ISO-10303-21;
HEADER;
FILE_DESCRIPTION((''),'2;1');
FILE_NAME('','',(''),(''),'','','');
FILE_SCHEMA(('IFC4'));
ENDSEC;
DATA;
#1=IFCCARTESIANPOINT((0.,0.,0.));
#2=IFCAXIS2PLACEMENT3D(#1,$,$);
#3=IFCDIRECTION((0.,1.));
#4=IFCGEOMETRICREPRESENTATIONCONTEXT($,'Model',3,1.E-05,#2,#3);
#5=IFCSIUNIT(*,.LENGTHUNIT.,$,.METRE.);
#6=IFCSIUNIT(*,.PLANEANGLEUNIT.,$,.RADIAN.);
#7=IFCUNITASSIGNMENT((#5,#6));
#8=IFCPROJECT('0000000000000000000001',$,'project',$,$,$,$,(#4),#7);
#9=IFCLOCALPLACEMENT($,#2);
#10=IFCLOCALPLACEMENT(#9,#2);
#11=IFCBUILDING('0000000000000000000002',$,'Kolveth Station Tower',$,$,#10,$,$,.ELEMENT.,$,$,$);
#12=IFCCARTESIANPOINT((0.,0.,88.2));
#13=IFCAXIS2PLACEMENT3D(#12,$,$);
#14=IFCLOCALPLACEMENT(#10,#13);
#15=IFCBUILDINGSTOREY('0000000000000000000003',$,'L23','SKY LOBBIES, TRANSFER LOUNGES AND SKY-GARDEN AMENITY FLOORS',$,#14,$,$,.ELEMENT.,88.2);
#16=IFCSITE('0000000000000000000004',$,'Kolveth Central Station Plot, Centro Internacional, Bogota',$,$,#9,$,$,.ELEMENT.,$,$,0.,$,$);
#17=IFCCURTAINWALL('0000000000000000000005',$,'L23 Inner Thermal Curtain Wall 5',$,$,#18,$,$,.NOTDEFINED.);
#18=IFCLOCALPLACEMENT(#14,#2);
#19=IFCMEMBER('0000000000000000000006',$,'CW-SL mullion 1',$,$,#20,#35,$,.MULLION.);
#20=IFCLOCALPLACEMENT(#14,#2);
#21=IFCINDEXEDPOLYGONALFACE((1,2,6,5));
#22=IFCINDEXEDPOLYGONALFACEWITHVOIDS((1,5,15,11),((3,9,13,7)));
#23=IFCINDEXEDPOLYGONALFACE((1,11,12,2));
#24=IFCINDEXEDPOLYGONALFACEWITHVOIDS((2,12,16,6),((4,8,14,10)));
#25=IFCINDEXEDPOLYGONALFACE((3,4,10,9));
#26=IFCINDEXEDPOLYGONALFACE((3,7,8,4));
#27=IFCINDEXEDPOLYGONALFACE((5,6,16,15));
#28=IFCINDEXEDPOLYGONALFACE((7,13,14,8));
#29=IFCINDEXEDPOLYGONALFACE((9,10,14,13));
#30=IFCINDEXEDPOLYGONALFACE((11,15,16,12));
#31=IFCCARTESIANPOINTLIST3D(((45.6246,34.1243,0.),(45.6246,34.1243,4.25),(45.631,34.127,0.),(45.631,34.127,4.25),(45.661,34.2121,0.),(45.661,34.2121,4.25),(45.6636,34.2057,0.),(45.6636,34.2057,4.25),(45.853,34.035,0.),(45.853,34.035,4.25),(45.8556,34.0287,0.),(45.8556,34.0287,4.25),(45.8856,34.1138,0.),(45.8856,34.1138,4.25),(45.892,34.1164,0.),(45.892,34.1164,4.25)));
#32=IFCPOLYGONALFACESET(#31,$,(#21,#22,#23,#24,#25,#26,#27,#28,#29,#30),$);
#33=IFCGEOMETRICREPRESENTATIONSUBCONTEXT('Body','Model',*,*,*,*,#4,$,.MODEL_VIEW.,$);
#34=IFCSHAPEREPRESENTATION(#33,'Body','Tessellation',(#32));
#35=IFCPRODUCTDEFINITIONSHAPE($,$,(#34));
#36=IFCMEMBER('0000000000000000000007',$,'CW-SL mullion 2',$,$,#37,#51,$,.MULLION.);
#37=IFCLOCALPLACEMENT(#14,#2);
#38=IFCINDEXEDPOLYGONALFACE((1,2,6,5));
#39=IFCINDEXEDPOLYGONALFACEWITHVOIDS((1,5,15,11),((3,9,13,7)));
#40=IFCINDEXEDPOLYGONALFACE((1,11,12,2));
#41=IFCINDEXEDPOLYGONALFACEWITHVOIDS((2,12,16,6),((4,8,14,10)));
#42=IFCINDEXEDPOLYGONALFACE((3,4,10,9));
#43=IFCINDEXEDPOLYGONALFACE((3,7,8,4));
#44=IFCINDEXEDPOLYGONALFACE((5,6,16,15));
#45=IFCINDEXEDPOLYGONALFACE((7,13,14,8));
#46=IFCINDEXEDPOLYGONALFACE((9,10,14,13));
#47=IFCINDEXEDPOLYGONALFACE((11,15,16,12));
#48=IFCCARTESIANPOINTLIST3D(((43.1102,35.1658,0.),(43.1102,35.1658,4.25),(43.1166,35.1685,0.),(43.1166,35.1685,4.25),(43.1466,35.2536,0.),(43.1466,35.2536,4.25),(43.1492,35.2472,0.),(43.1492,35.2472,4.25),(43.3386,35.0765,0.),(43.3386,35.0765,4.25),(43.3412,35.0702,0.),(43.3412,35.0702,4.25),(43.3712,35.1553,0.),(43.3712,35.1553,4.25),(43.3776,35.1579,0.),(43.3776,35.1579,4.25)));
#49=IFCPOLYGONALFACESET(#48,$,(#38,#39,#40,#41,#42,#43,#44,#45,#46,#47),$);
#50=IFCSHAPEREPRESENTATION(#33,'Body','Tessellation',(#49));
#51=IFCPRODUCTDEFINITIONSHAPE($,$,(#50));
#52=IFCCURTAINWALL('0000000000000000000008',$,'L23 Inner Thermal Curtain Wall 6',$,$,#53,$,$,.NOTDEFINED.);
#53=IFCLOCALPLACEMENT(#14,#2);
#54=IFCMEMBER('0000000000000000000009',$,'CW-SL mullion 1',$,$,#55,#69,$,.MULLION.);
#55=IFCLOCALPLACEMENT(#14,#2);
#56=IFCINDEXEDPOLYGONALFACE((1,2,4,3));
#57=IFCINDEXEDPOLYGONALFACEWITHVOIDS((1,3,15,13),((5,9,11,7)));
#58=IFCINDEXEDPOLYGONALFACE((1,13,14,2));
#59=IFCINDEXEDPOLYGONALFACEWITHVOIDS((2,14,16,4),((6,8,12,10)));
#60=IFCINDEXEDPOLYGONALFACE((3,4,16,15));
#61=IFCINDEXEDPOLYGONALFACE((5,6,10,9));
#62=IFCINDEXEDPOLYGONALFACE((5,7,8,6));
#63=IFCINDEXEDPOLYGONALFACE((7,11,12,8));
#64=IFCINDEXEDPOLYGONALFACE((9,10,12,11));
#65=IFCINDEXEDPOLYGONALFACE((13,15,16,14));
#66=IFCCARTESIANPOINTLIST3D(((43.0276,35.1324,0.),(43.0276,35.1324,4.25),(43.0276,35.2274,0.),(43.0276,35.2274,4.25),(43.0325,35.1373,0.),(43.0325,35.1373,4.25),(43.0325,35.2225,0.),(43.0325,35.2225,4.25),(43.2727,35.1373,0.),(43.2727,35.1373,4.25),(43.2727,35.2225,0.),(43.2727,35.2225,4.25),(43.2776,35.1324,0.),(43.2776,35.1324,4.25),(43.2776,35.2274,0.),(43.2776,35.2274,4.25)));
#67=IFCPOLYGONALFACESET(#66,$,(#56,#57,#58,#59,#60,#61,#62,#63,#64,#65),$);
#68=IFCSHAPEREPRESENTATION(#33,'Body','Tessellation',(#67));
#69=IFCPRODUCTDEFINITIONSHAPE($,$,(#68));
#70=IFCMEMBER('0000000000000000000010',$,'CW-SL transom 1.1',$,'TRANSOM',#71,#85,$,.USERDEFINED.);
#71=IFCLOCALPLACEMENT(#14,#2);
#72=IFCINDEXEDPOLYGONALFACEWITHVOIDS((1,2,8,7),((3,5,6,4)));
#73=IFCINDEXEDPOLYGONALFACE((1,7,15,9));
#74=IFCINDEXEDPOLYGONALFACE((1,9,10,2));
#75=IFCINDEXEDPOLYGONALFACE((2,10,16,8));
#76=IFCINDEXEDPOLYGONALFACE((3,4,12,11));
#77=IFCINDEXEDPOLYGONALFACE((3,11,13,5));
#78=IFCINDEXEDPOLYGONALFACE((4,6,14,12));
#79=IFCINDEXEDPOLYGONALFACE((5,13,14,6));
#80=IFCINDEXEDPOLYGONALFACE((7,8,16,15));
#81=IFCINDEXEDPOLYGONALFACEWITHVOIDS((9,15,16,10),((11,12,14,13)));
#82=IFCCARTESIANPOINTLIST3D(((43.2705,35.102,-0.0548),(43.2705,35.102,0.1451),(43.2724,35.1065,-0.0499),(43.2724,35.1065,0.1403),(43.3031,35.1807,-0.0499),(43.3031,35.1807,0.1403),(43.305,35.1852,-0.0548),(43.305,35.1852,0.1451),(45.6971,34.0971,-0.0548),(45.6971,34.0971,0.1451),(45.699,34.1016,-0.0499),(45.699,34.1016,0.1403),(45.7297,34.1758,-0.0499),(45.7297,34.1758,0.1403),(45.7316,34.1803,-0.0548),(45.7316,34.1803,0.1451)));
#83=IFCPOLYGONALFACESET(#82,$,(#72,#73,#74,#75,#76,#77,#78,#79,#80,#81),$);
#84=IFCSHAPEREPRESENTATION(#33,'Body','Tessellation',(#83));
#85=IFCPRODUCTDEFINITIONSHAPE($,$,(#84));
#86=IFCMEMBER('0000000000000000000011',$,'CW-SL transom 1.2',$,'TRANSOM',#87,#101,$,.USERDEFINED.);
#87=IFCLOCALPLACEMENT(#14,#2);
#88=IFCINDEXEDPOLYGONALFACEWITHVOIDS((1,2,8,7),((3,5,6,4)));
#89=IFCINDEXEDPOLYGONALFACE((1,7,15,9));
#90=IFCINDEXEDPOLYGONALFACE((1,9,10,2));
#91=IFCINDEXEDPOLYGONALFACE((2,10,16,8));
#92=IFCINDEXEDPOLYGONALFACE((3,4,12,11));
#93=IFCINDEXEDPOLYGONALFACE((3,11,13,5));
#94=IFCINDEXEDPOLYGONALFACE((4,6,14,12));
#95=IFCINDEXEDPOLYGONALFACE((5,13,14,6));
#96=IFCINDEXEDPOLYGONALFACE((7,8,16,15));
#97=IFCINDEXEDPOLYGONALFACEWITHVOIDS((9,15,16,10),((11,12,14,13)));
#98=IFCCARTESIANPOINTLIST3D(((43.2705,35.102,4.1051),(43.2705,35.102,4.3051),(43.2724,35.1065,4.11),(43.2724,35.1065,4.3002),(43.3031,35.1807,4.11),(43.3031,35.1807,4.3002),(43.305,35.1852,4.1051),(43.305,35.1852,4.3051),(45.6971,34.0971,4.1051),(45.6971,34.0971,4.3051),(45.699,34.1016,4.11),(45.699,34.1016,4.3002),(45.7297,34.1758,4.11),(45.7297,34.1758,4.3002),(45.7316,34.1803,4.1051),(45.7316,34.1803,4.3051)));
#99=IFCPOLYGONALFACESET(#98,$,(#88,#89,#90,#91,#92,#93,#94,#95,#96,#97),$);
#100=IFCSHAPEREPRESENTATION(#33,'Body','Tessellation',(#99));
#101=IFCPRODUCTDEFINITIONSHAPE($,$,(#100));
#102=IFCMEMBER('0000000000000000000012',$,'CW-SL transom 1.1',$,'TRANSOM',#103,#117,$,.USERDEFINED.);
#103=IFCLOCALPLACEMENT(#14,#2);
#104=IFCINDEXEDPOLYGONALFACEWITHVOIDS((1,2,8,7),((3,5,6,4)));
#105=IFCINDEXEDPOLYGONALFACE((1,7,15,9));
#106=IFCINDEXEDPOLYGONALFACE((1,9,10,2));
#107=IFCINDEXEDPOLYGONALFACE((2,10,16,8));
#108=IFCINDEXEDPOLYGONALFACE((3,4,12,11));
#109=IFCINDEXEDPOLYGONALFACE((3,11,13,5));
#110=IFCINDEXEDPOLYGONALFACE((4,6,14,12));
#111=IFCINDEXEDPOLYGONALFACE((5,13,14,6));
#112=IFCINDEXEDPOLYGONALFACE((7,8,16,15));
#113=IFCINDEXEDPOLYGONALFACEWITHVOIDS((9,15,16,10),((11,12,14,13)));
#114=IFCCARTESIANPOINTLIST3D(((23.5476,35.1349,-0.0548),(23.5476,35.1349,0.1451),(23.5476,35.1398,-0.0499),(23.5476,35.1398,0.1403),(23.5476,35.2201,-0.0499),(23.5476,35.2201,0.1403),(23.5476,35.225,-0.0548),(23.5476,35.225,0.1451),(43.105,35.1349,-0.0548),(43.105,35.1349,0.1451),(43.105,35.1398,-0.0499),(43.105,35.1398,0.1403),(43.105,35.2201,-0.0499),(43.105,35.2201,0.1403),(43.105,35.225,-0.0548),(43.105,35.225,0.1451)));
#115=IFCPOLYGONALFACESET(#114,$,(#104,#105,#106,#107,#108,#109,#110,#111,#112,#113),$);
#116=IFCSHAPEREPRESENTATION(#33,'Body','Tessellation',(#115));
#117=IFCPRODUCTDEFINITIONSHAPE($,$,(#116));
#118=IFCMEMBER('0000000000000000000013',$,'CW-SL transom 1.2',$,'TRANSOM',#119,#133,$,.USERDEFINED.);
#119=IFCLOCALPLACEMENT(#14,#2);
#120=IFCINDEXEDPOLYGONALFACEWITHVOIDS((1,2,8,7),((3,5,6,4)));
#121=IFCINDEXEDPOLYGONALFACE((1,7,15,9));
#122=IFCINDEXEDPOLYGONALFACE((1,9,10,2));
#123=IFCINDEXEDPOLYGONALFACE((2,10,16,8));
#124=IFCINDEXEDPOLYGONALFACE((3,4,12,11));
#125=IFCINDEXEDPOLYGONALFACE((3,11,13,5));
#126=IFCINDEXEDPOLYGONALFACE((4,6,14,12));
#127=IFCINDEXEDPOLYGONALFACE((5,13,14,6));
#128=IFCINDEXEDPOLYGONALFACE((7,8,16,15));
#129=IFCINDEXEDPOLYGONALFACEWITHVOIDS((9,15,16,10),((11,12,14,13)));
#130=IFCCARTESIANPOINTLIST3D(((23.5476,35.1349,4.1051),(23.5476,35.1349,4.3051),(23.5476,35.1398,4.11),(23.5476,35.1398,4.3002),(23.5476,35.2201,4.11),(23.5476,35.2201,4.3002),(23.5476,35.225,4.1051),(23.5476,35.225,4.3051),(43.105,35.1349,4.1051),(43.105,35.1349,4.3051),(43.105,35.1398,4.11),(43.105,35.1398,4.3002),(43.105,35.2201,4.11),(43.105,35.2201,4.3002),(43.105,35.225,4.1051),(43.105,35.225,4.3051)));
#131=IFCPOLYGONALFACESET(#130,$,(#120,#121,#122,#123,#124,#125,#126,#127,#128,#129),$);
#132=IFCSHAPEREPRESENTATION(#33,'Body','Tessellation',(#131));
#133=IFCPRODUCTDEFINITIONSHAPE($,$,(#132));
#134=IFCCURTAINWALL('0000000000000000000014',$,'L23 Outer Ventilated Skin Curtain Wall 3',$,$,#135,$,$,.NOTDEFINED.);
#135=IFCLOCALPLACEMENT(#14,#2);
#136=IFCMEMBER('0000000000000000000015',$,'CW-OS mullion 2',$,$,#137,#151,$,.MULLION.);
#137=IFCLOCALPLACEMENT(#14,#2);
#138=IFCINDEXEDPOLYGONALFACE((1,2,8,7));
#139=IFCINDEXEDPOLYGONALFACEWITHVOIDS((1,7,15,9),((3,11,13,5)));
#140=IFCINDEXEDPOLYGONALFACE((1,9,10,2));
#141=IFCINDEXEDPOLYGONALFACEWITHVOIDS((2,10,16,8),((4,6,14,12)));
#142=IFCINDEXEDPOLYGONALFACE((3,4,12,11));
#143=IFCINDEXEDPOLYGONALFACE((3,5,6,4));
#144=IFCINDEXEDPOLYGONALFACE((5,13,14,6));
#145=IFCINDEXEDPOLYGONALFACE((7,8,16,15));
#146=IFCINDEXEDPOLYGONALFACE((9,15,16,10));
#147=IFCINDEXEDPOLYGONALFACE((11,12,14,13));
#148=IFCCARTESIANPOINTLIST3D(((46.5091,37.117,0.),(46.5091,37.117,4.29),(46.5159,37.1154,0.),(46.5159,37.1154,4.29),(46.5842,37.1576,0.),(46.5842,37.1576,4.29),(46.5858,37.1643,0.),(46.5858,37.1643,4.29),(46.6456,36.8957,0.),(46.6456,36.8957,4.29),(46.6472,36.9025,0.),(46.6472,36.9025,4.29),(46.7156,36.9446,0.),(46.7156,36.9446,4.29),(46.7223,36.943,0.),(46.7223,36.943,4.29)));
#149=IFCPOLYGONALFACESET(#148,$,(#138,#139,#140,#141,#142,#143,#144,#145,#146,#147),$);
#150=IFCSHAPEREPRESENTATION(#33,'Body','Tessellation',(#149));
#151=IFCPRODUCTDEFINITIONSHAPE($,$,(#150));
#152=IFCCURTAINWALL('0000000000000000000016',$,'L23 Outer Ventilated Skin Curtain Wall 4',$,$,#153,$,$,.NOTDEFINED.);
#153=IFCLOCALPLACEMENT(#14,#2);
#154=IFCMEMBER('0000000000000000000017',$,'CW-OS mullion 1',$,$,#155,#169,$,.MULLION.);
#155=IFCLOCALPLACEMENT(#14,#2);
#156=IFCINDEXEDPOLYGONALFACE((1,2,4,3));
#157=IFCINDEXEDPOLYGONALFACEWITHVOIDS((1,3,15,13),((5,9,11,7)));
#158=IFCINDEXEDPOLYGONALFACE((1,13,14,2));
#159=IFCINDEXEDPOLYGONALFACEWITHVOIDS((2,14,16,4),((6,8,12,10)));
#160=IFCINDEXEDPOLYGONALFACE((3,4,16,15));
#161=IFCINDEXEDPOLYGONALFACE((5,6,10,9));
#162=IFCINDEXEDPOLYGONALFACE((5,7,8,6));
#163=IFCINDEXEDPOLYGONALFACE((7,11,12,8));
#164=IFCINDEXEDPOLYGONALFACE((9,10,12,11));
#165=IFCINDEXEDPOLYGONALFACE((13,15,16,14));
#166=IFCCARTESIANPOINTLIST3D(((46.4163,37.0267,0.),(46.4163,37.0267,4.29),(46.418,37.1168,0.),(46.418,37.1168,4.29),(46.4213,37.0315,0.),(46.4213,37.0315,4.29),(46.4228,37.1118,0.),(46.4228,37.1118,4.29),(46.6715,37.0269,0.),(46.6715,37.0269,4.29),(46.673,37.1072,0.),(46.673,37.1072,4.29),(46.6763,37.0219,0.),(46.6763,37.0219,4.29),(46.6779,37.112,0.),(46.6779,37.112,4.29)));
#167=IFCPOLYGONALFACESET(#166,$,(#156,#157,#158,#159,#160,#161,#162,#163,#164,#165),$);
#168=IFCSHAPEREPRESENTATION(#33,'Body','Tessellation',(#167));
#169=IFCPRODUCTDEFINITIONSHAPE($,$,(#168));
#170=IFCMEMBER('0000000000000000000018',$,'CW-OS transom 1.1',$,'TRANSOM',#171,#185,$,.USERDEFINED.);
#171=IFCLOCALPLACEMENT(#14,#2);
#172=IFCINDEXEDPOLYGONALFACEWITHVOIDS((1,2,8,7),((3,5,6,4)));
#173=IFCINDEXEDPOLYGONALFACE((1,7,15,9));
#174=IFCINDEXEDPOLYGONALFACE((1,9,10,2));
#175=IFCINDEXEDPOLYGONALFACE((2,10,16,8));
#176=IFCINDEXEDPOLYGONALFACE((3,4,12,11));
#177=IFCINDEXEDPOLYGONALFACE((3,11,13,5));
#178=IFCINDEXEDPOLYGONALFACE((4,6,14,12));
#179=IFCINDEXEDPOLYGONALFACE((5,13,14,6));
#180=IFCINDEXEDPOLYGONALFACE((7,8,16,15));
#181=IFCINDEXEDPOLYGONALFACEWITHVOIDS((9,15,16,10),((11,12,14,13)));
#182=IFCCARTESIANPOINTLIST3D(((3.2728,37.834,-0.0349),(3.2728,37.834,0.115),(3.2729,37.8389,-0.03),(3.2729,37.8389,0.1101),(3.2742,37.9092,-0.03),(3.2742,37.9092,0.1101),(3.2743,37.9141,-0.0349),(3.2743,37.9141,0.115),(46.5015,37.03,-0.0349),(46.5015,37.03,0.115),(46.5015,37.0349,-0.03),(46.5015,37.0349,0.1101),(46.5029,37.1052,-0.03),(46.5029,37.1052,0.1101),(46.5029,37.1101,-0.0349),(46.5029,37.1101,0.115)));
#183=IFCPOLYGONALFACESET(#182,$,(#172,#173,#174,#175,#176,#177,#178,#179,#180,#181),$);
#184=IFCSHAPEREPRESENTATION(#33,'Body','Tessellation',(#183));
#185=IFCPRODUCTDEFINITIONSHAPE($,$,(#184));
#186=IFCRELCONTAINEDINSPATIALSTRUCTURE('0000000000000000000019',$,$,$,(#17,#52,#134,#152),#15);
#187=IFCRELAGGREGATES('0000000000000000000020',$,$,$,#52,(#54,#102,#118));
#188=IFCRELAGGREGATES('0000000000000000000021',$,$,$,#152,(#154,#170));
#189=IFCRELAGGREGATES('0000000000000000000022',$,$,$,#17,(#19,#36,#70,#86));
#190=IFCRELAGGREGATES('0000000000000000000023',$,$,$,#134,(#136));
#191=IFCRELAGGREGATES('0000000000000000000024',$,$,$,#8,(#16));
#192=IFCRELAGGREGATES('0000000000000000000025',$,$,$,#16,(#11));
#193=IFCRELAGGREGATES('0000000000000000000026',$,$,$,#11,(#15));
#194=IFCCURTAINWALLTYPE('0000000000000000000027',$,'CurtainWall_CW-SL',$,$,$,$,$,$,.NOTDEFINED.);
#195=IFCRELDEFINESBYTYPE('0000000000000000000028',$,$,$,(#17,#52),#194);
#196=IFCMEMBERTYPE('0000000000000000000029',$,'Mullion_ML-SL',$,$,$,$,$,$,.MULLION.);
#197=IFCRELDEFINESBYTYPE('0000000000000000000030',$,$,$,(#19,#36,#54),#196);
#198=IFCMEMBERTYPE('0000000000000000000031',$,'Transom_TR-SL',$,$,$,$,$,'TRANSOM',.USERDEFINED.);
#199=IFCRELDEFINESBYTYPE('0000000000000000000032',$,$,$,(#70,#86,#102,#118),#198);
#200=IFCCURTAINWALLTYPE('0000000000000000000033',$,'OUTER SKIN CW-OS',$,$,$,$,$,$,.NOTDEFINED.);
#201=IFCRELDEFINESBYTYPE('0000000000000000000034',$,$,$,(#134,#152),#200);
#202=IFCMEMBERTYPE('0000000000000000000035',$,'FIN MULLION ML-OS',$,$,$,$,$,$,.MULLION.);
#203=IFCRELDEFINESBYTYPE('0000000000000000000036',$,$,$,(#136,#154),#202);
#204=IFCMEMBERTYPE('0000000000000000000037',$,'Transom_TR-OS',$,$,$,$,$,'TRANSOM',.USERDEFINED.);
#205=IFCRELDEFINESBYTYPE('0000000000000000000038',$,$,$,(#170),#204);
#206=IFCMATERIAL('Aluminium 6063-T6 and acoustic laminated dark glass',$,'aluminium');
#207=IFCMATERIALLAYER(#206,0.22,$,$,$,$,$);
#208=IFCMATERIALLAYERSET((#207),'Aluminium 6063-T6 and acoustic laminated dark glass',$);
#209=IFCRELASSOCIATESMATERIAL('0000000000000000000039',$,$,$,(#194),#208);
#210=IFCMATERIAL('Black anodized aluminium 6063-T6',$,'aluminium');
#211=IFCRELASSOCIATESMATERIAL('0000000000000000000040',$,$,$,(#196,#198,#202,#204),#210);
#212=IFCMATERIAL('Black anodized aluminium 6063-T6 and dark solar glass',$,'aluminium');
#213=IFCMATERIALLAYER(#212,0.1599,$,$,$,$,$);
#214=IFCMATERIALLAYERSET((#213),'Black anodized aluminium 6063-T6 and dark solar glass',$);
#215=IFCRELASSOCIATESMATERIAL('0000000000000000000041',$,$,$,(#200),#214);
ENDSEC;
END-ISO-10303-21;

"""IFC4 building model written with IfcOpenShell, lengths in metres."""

from ifc_helpers import new_model, si_unit, direction, frame, origin, origin_2d, place, context, subcontext, project, spatial, hollow_rectangle, extrude, source, transform, mapped, material, layer, layer_set, material_profile, profile_set, type_object, element, aggregate, save


model = new_model("IFC4")

# Units and contexts
model_context = context("Model", 3, precision=1e-05, world=origin(), true_north=direction((0.0, 1.0)))
body_context = subcontext(model_context, "Body", "Model", "MODEL_VIEW")
ifc_project = project(units=[si_unit("LENGTHUNIT", "METRE"), si_unit("PLANEANGLEUNIT", "RADIAN")], contexts=[model_context])

# Site, building, storey
site_placement = place(None, origin())
site = spatial("IfcSite", under=ifc_project, at=site_placement, Name="Kolveth Central Station Plot, Centro Internacional, Bogota", CompositionType="ELEMENT", RefElevation=0.0)
building_placement = place(site_placement, origin())
building = spatial("IfcBuilding", under=site, at=building_placement, Name="Kolveth Station Tower", CompositionType="ELEMENT")
storey_placement = place(building_placement, frame((0.0, 0.0, 88.2)))
storey = spatial("IfcBuildingStorey", under=building, at=storey_placement, Name="L23", Description="SKY LOBBIES, TRANSFER LOUNGES AND SKY-GARDEN AMENITY FLOORS", CompositionType="ELEMENT", Elevation=88.2)

# Shared definitions
ifc_material_1 = material(Name="Aluminium 6063-T6 and acoustic laminated dark glass", Category="aluminium")
ifc_layer_1 = layer(ifc_material_1, 0.22)
ifc_layer_set_1 = layer_set([ifc_layer_1], Name="Aluminium 6063-T6 and acoustic laminated dark glass")
curtain_wall_type_1 = type_object("IfcCurtainWallType", Name="CurtainWall_CW-SL", PredefinedType="NOTDEFINED", material=ifc_layer_set_1)
ifc_material_2 = material(Name="Black anodized aluminium 6063-T6", Category="aluminium")
ifc_material_profile_1 = material_profile(ifc_material_2, hollow_rectangle(XDim=0.095, YDim=0.25, WallThickness=0.0049, at=origin_2d()), Name="ALU-95x250x5")
ifc_profile_set_1 = profile_set([ifc_material_profile_1], Name="Black anodized aluminium 6063-T6")
member_type_1 = type_object("IfcMemberType", Name="Mullion_ML-SL", PredefinedType="MULLION", material=ifc_profile_set_1)
shared_shape_1 = source(origin(), body_context, "Body", "SweptSolid", [
    extrude(hollow_rectangle(XDim=0.095, YDim=0.25, WallThickness=0.0049, at=origin_2d()), origin(), (0.0, 0.0, 1.0), 4.25),
])

# Curtain wall, members
curtain_wall_1_placement = place(storey_placement, origin())
curtain_wall_1 = element("IfcCurtainWall", 1, at=curtain_wall_1_placement, inside=storey, type_object=curtain_wall_type_1, Name="L23 Inner Thermal Curtain Wall 5", PredefinedType="NOTDEFINED")
member_1_placement = place(storey_placement, frame((45.7583, 34.1204, 0.0), z_axis=(0.0, 0.0, 1.0), x_axis=(-0.382663, -0.923888, 0.0)))
member_1 = element("IfcMember", 2, at=member_1_placement, type_object=member_type_1, Name="CW-SL mullion 1", PredefinedType="MULLION", context=body_context, shape_type="MappedRepresentation", body=[
    mapped(shared_shape_1, transform((0.0, 0.0, 0.0), x_axis=(1.0, 0.0, 0.0), y_axis=(0.0, 1.0, 0.0), z_axis=(0.0, 0.0, 1.0), scale=1.0)),
])
member_2_placement = place(storey_placement, frame((43.2439, 35.1619, 0.0), z_axis=(0.0, 0.0, 1.0), x_axis=(-0.382663, -0.923888, 0.0)))
member_2 = element("IfcMember", 3, at=member_2_placement, type_object=member_type_1, Name="CW-SL mullion 2", PredefinedType="MULLION", context=body_context, shape_type="MappedRepresentation", body=[
    mapped(shared_shape_1, transform((0.0, 0.0, 0.0), x_axis=(1.0, 0.0, 0.0), y_axis=(0.0, 1.0, 0.0), z_axis=(0.0, 0.0, 1.0), scale=1.0)),
])

# Curtain wall, member
curtain_wall_2_placement = place(storey_placement, origin())
curtain_wall_2 = element("IfcCurtainWall", 4, at=curtain_wall_2_placement, inside=storey, type_object=curtain_wall_type_1, Name="L23 Inner Thermal Curtain Wall 6", PredefinedType="NOTDEFINED")
member_3_placement = place(storey_placement, frame((43.1526, 35.1799, 0.0), z_axis=(0.0, 0.0, 1.0), x_axis=(0.0, -1.0, 0.0)))
member_3 = element("IfcMember", 5, at=member_3_placement, type_object=member_type_1, Name="CW-SL mullion 1", PredefinedType="MULLION", context=body_context, shape_type="MappedRepresentation", body=[
    mapped(shared_shape_1, transform((0.0, 0.0, 0.0), x_axis=(1.0, 0.0, 0.0), y_axis=(0.0, 1.0, 0.0), z_axis=(0.0, 0.0, 1.0), scale=1.0)),
])

# Members
ifc_material_profile_2 = material_profile(ifc_material_2, hollow_rectangle(XDim=0.0901, YDim=0.2, WallThickness=0.0049, at=origin_2d()), Name="ALU-90x200x5")
ifc_profile_set_2 = profile_set([ifc_material_profile_2], Name="Black anodized aluminium 6063-T6")
member_type_2 = type_object("IfcMemberType", Name="Transom_TR-SL", ElementType="TRANSOM", PredefinedType="USERDEFINED", material=ifc_profile_set_2)
shared_shape_2 = source(origin(), body_context, "Body", "SweptSolid", [
    extrude(hollow_rectangle(XDim=0.0901, YDim=0.2, WallThickness=0.0049, at=origin_2d()), origin(), (0.0, 0.0, 1.0), 2.6265),
])
member_4_placement = place(storey_placement, frame((45.7144, 34.1387, 0.0452), z_axis=(-0.923908, 0.382615, 0.0), x_axis=(-0.382615, -0.923908, 0.0)))
member_4 = element("IfcMember", 6, at=member_4_placement, type_object=member_type_2, Name="CW-SL transom 1.1", ObjectType="TRANSOM", PredefinedType="USERDEFINED", context=body_context, shape_type="MappedRepresentation", body=[
    mapped(shared_shape_2, transform((0.0, 0.0, 0.0), x_axis=(1.0, 0.0, 0.0), y_axis=(0.0, 1.0, 0.0), z_axis=(0.0, 0.0, 1.0), scale=1.0)),
])
member_5_placement = place(storey_placement, frame((45.7144, 34.1387, 4.2051), z_axis=(-0.923908, 0.382615, 0.0), x_axis=(-0.382615, -0.923908, 0.0)))
member_5 = element("IfcMember", 7, at=member_5_placement, type_object=member_type_2, Name="CW-SL transom 1.2", ObjectType="TRANSOM", PredefinedType="USERDEFINED", context=body_context, shape_type="MappedRepresentation", body=[
    mapped(shared_shape_2, transform((0.0, 0.0, 0.0), x_axis=(1.0, 0.0, 0.0), y_axis=(0.0, 1.0, 0.0), z_axis=(0.0, 0.0, 1.0), scale=1.0)),
])
shared_shape_3 = source(origin(), body_context, "Body", "SweptSolid", [
    extrude(hollow_rectangle(XDim=0.0901, YDim=0.2, WallThickness=0.0049, at=origin_2d()), origin(), (0.0, 0.0, 1.0), 19.5574),
])
member_6_placement = place(storey_placement, frame((43.105, 35.1799, 0.0452), z_axis=(-1.0, 0.0, 0.0), x_axis=(0.0, -1.0, 0.0)))
member_6 = element("IfcMember", 8, at=member_6_placement, type_object=member_type_2, Name="CW-SL transom 1.1", ObjectType="TRANSOM", PredefinedType="USERDEFINED", context=body_context, shape_type="MappedRepresentation", body=[
    mapped(shared_shape_3, transform((0.0, 0.0, 0.0), x_axis=(1.0, 0.0, 0.0), y_axis=(0.0, 1.0, 0.0), z_axis=(0.0, 0.0, 1.0), scale=1.0)),
])
member_7_placement = place(storey_placement, frame((43.105, 35.1799, 4.2051), z_axis=(-1.0, 0.0, 0.0), x_axis=(0.0, -1.0, 0.0)))
member_7 = element("IfcMember", 9, at=member_7_placement, type_object=member_type_2, Name="CW-SL transom 1.2", ObjectType="TRANSOM", PredefinedType="USERDEFINED", context=body_context, shape_type="MappedRepresentation", body=[
    mapped(shared_shape_3, transform((0.0, 0.0, 0.0), x_axis=(1.0, 0.0, 0.0), y_axis=(0.0, 1.0, 0.0), z_axis=(0.0, 0.0, 1.0), scale=1.0)),
])
aggregate(curtain_wall_2, [member_3, member_6, member_7])

# Curtain wall, member
ifc_material_3 = material(Name="Black anodized aluminium 6063-T6 and dark solar glass", Category="aluminium")
ifc_layer_2 = layer(ifc_material_3, 0.1599)
ifc_layer_set_2 = layer_set([ifc_layer_2], Name="Black anodized aluminium 6063-T6 and dark solar glass")
curtain_wall_type_2 = type_object("IfcCurtainWallType", Name="OUTER SKIN CW-OS", PredefinedType="NOTDEFINED", material=ifc_layer_set_2)
curtain_wall_3_placement = place(storey_placement, origin())
curtain_wall_3 = element("IfcCurtainWall", 10, at=curtain_wall_3_placement, inside=storey, type_object=curtain_wall_type_2, Name="L23 Outer Ventilated Skin Curtain Wall 3", PredefinedType="NOTDEFINED")
ifc_material_profile_3 = material_profile(ifc_material_2, hollow_rectangle(XDim=0.0901, YDim=0.26, WallThickness=0.0049, at=origin_2d()), Name="ALU-90x260x5")
ifc_profile_set_3 = profile_set([ifc_material_profile_3], Name="Black anodized aluminium 6063-T6")
member_type_3 = type_object("IfcMemberType", Name="FIN MULLION ML-OS", PredefinedType="MULLION", material=ifc_profile_set_3)
shared_shape_4 = source(origin(), body_context, "Body", "SweptSolid", [
    extrude(hollow_rectangle(XDim=0.0901, YDim=0.26, WallThickness=0.0049, at=origin_2d()), origin(), (0.0, 0.0, 1.0), 4.29),
])
member_8_placement = place(storey_placement, frame((46.6157, 37.03, 0.0), z_axis=(0.0, 0.0, 1.0), x_axis=(-0.851099, -0.525005, 0.0)))
member_8 = element("IfcMember", 11, at=member_8_placement, type_object=member_type_3, Name="CW-OS mullion 2", PredefinedType="MULLION", context=body_context, shape_type="MappedRepresentation", body=[
    mapped(shared_shape_4, transform((0.0, 0.0, 0.0), x_axis=(1.0, 0.0, 0.0), y_axis=(0.0, 1.0, 0.0), z_axis=(0.0, 0.0, 1.0), scale=1.0)),
])

# Curtain wall, members
curtain_wall_4_placement = place(storey_placement, origin())
curtain_wall_4 = element("IfcCurtainWall", 12, at=curtain_wall_4_placement, inside=storey, type_object=curtain_wall_type_2, Name="L23 Outer Ventilated Skin Curtain Wall 4", PredefinedType="NOTDEFINED")
member_9_placement = place(storey_placement, frame((46.5471, 37.0693, 0.0), z_axis=(0.0, 0.0, 1.0), x_axis=(-0.018595, -0.999827, 0.0)))
member_9 = element("IfcMember", 13, at=member_9_placement, type_object=member_type_3, Name="CW-OS mullion 1", PredefinedType="MULLION", context=body_context, shape_type="MappedRepresentation", body=[
    mapped(shared_shape_4, transform((0.0, 0.0, 0.0), x_axis=(1.0, 0.0, 0.0), y_axis=(0.0, 1.0, 0.0), z_axis=(0.0, 0.0, 1.0), scale=1.0)),
])
ifc_material_profile_4 = material_profile(ifc_material_2, hollow_rectangle(XDim=0.0801, YDim=0.1499, WallThickness=0.0049, at=origin_2d()), Name="ALU-80x150x5")
ifc_profile_set_4 = profile_set([ifc_material_profile_4], Name="Black anodized aluminium 6063-T6")
member_type_4 = type_object("IfcMemberType", Name="Transom_TR-OS", ElementType="TRANSOM", PredefinedType="USERDEFINED", material=ifc_profile_set_4)
shared_shape_5 = source(origin(), body_context, "Body", "SweptSolid", [
    extrude(hollow_rectangle(XDim=0.0801, YDim=0.1499, WallThickness=0.0049, at=origin_2d()), origin(), (0.0, 0.0, 1.0), 43.2361),
])
member_10_placement = place(storey_placement, frame((46.5022, 37.0701, 0.04), z_axis=(-0.999827, 0.018595, 0.0), x_axis=(-0.018595, -0.999827, 0.0)))
member_10 = element("IfcMember", 14, at=member_10_placement, type_object=member_type_4, Name="CW-OS transom 1.1", ObjectType="TRANSOM", PredefinedType="USERDEFINED", context=body_context, shape_type="MappedRepresentation", body=[
    mapped(shared_shape_5, transform((0.0, 0.0, 0.0), x_axis=(1.0, 0.0, 0.0), y_axis=(0.0, 1.0, 0.0), z_axis=(0.0, 0.0, 1.0), scale=1.0)),
])
aggregate(curtain_wall_4, [member_9, member_10])

aggregate(curtain_wall_1, [member_1, member_2, member_4, member_5])
aggregate(curtain_wall_3, [member_8])

save(model, "model.ifc")
